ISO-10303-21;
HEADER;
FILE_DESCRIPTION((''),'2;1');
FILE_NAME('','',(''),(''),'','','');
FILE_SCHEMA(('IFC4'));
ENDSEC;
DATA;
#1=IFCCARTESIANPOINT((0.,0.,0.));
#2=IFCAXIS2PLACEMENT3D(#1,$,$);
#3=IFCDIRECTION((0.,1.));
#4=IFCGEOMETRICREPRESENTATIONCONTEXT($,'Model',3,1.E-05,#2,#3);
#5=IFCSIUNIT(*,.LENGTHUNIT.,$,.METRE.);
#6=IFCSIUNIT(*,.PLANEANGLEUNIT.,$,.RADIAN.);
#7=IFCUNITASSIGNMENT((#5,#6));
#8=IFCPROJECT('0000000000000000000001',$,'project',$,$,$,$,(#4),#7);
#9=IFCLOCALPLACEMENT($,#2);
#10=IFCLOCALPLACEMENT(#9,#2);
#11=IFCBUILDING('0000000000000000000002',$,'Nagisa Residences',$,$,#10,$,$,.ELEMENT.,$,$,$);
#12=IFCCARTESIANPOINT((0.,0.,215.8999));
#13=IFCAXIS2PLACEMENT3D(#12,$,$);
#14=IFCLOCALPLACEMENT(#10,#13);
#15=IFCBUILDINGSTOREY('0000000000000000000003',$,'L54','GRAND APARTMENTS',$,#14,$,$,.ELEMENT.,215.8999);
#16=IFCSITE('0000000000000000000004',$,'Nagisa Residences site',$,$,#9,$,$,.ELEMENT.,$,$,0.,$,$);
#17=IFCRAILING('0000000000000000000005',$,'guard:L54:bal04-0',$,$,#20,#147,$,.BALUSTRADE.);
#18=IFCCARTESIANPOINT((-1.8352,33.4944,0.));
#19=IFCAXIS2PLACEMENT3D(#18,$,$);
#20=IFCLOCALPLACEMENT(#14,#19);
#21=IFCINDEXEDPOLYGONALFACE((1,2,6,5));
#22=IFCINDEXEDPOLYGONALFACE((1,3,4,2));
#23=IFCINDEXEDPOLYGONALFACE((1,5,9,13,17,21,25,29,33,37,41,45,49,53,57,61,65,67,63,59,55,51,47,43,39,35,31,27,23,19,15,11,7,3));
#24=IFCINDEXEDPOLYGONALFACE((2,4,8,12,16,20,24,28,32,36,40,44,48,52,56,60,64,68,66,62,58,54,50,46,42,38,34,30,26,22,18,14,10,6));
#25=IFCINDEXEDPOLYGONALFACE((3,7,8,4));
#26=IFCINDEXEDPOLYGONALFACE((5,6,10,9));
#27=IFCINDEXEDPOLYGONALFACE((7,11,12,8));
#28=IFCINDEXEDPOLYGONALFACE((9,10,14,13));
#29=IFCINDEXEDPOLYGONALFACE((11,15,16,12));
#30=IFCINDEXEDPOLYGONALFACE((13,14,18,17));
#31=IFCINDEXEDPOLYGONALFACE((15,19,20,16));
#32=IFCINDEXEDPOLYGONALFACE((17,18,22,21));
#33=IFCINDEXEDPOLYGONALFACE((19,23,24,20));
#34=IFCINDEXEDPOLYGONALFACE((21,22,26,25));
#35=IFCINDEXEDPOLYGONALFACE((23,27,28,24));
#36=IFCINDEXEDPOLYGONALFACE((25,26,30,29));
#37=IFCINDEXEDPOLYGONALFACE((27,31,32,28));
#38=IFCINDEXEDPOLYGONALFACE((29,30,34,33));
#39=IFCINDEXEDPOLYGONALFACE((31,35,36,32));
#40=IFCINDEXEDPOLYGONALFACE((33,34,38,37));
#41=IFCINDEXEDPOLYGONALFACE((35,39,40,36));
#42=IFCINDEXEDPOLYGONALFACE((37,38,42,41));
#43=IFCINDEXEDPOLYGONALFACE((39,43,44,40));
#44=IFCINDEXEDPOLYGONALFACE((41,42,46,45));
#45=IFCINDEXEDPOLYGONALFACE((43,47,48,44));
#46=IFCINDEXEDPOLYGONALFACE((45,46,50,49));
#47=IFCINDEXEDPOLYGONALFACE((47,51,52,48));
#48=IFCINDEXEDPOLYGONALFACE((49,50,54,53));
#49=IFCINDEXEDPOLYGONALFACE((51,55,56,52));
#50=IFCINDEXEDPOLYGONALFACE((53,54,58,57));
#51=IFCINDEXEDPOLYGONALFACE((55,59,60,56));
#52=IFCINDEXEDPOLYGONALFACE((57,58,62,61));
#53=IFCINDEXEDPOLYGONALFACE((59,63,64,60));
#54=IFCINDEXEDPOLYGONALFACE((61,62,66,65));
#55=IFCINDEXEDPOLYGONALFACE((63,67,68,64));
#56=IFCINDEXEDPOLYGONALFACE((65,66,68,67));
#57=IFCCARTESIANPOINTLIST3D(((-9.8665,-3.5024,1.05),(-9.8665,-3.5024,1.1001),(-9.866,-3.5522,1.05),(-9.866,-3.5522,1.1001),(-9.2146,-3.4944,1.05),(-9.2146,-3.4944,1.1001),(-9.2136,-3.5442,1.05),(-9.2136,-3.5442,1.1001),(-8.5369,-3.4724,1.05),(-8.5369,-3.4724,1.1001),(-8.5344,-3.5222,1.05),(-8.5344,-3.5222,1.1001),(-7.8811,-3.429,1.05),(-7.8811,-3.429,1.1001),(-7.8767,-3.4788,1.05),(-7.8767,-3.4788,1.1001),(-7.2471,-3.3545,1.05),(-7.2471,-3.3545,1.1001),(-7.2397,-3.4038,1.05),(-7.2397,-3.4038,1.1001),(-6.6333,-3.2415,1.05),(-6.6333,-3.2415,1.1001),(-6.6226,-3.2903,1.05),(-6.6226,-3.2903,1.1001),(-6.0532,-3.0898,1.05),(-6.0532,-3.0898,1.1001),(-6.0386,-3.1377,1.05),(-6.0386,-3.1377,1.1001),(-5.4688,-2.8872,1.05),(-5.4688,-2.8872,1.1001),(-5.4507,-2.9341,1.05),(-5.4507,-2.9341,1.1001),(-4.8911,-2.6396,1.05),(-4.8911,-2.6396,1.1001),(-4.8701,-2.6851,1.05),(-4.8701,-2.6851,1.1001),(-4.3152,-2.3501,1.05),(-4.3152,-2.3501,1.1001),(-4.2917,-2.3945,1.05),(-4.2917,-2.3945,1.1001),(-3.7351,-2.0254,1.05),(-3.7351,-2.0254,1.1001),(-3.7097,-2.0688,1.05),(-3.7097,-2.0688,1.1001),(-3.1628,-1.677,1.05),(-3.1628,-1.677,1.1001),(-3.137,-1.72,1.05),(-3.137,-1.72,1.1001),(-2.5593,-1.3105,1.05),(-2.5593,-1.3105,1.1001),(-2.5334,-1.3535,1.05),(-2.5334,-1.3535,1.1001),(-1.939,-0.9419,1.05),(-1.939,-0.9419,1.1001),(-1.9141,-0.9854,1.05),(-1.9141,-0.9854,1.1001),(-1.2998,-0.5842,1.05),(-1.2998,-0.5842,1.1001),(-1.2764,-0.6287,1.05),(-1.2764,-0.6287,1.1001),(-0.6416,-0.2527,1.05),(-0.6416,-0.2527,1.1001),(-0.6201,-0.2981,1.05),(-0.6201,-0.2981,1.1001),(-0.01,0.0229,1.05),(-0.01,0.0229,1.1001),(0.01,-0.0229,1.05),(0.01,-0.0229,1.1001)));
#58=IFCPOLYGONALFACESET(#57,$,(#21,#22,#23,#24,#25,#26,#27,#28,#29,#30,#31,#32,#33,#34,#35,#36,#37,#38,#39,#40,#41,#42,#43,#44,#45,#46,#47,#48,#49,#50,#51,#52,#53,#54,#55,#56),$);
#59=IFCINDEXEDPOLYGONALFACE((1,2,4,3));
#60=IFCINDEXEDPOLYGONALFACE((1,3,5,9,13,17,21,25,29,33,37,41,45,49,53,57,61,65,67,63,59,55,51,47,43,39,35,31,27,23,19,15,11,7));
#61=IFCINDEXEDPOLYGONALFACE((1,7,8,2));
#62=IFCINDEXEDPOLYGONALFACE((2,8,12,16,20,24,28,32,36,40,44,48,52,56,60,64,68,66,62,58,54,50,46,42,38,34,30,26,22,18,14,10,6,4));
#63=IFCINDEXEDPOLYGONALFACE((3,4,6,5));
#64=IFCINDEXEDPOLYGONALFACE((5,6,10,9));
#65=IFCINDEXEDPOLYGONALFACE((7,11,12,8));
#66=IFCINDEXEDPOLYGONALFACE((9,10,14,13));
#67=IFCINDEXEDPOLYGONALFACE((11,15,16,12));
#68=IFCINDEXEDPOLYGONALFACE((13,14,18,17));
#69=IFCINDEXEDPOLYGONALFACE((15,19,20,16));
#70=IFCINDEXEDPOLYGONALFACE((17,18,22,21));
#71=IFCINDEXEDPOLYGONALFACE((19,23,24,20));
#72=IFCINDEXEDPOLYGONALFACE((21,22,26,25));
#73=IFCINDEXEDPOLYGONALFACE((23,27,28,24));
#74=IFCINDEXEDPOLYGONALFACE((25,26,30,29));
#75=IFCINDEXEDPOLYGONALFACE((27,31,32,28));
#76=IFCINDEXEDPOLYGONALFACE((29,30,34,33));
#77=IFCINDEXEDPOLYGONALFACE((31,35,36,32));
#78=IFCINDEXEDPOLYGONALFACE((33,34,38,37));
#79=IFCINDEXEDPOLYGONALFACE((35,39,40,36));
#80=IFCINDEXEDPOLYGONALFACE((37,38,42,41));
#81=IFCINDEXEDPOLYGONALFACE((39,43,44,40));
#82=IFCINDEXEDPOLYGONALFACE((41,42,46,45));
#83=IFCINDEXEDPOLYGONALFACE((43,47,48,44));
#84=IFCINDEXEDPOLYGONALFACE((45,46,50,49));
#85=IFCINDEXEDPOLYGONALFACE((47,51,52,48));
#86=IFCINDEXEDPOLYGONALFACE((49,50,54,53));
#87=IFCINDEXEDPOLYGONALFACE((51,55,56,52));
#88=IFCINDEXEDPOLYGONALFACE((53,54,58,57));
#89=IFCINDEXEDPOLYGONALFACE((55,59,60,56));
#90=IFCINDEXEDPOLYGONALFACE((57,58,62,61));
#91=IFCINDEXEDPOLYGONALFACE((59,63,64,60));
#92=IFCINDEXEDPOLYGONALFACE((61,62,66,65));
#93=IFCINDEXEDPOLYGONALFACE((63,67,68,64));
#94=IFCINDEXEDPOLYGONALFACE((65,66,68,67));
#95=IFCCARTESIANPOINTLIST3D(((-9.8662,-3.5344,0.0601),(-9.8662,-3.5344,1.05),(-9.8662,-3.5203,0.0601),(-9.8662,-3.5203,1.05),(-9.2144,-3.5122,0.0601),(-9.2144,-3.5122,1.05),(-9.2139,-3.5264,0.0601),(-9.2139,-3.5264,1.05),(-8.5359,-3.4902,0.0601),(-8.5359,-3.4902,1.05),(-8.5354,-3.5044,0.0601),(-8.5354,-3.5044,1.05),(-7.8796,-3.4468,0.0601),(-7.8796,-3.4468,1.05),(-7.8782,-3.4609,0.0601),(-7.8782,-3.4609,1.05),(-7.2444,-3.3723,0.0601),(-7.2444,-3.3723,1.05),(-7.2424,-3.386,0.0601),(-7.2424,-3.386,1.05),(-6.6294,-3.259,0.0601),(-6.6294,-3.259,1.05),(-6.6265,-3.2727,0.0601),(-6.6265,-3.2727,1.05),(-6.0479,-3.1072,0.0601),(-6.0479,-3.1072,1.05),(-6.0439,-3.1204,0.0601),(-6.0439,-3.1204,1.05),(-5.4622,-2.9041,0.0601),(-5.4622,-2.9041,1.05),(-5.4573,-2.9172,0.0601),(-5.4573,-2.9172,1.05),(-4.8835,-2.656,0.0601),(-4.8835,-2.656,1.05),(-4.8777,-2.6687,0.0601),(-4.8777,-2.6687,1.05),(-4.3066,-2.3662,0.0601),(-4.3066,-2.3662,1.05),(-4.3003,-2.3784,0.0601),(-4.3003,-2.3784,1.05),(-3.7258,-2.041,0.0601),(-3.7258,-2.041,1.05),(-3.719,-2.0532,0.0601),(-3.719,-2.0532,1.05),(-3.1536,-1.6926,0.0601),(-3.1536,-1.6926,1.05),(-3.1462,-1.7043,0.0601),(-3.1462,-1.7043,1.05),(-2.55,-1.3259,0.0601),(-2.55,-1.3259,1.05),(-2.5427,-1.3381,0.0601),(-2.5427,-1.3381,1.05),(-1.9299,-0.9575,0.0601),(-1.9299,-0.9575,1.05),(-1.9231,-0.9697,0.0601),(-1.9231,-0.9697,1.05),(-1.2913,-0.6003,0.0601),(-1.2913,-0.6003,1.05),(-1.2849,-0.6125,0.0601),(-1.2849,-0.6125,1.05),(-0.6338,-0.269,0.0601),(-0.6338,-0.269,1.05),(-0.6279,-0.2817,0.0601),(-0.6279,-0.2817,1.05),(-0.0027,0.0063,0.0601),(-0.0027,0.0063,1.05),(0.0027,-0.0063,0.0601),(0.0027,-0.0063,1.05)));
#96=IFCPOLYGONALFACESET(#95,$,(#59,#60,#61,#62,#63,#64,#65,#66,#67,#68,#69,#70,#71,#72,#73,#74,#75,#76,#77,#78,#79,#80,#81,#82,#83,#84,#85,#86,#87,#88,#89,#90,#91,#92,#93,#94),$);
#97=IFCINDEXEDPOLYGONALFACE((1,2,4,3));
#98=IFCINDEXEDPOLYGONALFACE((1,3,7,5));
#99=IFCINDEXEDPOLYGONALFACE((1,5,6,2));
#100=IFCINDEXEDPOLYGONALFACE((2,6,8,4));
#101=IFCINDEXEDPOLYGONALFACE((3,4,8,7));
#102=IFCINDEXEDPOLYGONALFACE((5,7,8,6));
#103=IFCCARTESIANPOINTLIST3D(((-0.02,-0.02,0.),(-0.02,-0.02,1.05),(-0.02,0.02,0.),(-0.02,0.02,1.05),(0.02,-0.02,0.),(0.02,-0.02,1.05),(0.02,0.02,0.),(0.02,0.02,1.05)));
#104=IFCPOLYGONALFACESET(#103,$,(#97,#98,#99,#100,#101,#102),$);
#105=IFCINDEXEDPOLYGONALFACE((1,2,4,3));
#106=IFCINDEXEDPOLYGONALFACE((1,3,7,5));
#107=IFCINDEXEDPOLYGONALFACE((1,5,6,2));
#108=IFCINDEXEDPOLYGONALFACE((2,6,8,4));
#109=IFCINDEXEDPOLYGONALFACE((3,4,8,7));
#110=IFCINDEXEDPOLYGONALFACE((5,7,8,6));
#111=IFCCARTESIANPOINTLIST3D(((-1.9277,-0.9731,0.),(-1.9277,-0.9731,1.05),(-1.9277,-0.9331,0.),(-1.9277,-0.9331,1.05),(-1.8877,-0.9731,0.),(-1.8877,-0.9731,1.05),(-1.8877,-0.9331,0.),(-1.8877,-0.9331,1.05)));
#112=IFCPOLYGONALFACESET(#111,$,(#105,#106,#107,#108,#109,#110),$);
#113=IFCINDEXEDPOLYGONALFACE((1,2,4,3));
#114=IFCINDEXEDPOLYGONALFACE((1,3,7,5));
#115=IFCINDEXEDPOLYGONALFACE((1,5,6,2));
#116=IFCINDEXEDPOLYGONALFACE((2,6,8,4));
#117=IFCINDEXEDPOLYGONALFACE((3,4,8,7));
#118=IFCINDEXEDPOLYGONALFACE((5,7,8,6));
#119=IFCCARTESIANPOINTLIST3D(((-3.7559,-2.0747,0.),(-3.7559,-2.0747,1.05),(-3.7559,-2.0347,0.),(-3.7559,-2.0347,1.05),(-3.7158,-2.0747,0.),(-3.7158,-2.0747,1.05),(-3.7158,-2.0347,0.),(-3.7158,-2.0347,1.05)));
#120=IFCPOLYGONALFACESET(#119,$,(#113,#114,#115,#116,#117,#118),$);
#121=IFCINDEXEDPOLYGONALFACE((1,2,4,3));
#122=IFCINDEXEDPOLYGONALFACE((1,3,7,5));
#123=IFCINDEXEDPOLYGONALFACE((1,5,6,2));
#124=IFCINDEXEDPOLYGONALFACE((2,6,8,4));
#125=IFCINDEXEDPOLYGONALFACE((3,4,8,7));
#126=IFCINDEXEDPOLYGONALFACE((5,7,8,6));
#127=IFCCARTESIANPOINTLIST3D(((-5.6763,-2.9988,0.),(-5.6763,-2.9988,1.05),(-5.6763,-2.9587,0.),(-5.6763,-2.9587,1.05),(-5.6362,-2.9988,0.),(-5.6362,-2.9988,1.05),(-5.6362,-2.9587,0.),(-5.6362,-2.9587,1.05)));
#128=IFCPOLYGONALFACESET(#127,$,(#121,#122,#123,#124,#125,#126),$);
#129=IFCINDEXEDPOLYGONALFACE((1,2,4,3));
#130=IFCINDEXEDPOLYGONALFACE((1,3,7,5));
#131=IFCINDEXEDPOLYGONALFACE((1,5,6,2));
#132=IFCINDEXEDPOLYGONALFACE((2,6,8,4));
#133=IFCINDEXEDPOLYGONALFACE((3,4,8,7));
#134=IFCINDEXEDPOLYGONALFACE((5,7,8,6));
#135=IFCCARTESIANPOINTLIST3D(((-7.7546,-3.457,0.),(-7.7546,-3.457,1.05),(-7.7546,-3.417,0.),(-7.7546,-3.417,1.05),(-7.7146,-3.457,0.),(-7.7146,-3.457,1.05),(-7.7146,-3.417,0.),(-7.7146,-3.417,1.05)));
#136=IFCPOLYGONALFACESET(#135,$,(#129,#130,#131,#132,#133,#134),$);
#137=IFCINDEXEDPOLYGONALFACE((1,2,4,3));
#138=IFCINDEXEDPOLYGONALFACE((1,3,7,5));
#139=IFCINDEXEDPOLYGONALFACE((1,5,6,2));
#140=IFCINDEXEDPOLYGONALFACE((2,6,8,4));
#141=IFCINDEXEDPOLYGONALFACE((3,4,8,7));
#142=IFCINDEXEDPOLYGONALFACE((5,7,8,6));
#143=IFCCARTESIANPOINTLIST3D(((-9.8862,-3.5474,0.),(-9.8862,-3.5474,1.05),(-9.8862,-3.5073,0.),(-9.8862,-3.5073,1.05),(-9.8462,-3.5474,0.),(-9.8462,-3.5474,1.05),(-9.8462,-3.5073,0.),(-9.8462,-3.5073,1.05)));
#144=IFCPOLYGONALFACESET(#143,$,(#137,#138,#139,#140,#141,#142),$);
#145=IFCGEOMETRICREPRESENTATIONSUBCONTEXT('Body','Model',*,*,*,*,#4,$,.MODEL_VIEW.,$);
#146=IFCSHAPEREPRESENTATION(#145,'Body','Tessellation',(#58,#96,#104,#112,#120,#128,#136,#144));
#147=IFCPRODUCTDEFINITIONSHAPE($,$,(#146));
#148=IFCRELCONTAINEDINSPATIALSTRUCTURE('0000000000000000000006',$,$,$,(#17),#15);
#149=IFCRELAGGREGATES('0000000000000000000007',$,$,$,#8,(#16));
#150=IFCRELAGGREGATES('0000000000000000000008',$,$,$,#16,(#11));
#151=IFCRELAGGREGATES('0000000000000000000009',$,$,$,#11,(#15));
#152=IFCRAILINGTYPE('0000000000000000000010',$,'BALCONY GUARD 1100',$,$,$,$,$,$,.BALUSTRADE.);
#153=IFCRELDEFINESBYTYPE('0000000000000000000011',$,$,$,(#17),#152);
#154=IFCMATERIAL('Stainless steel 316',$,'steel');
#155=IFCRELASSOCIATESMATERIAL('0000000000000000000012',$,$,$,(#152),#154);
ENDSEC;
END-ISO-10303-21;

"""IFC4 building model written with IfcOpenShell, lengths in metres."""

from ifc_helpers import new_model, si_unit, direction, frame, origin, origin_2d, place, context, subcontext, project, spatial, polyline, rectangle, outline, extrude, material, type_object, element, save


model = new_model("IFC4")

# Units and contexts
model_context = context("Model", 3, precision=1e-05, world=origin(), true_north=direction((0.0, 1.0)))
body_context = subcontext(model_context, "Body", "Model", "MODEL_VIEW")
ifc_project = project(units=[si_unit("LENGTHUNIT", "METRE"), si_unit("PLANEANGLEUNIT", "RADIAN")], contexts=[model_context])

# Site, building, storey
site_placement = place(None, origin())
site = spatial("IfcSite", under=ifc_project, at=site_placement, Name="Nagisa Residences site", CompositionType="ELEMENT", RefElevation=0.0)
building_placement = place(site_placement, origin())
building = spatial("IfcBuilding", under=site, at=building_placement, Name="Nagisa Residences", CompositionType="ELEMENT")
storey_placement = place(building_placement, frame((0.0, 0.0, 215.8999)))
storey = spatial("IfcBuildingStorey", under=building, at=storey_placement, Name="L54", Description="GRAND APARTMENTS", CompositionType="ELEMENT", Elevation=215.8999)

# Railing
ifc_material_1 = material(Name="Stainless steel 316", Category="steel")
railing_type = type_object("IfcRailingType", Name="BALCONY GUARD 1100", PredefinedType="BALUSTRADE", material=ifc_material_1)
railing_placement = place(storey_placement, frame((-1.8352, 33.4944, 0.0)))
element("IfcRailing", 1, at=railing_placement, inside=storey, type_object=railing_type, Name="guard:L54:bal04-0", PredefinedType="BALUSTRADE", context=body_context, shape_type="SweptSolid", body=[
    extrude(outline(polyline([(-0.6201, -0.2981), (0.01, -0.0229), (-0.01, 0.0229), (-0.6416, -0.2527), (-1.2998, -0.5842), (-1.939, -0.9419), (-2.5593, -1.3105), (-3.1628, -1.677), (-3.7351, -2.0254), (-4.3152, -2.3501), (-4.8911, -2.6396), (-5.4688, -2.8872), (-6.0532, -3.0898), (-6.6333, -3.2415), (-7.2471, -3.3545), (-7.8811, -3.429), (-8.5369, -3.4724), (-9.2146, -3.4944), (-9.8665, -3.5024), (-9.866, -3.5522), (-9.2136, -3.5442), (-8.5344, -3.5222), (-7.8767, -3.4788), (-7.2397, -3.4038), (-6.6226, -3.2903), (-6.0386, -3.1377), (-5.4507, -2.9341), (-4.8701, -2.6851), (-4.2917, -2.3945), (-3.7097, -2.0688), (-3.137, -1.72), (-2.5334, -1.3535), (-1.9141, -0.9854), (-1.2764, -0.6287), (-0.6201, -0.2981)])), frame((0.0, 0.0, 1.05)), (0.0, 0.0, 1.0), 0.05),
    extrude(outline(polyline([(-0.6279, -0.2817), (0.0027, -0.0063), (-0.0027, 0.0063), (-0.6338, -0.269), (-1.2913, -0.6003), (-1.9299, -0.9575), (-2.55, -1.3259), (-3.1536, -1.6926), (-3.7258, -2.041), (-4.3066, -2.3662), (-4.8835, -2.656), (-5.4622, -2.9041), (-6.0479, -3.1072), (-6.6294, -3.259), (-7.2444, -3.3723), (-7.8796, -3.4468), (-8.5359, -3.4902), (-9.2144, -3.5122), (-9.8662, -3.5203), (-9.8662, -3.5344), (-9.2139, -3.5264), (-8.5354, -3.5044), (-7.8782, -3.4609), (-7.2424, -3.386), (-6.6265, -3.2727), (-6.0439, -3.1204), (-5.4573, -2.9172), (-4.8777, -2.6687), (-4.3003, -2.3784), (-3.719, -2.0532), (-3.1462, -1.7043), (-2.5427, -1.3381), (-1.9231, -0.9697), (-1.2849, -0.6125), (-0.6279, -0.2817)])), frame((0.0, 0.0, 0.0601)), (0.0, 0.0, 1.0), 0.99),
    extrude(rectangle(XDim=0.04, YDim=0.04, at=origin_2d()), origin(), (0.0, 0.0, 1.0), 1.05),
    extrude(rectangle(XDim=0.04, YDim=0.04, at=origin_2d()), frame((-1.9077, -0.9531, 0.0)), (0.0, 0.0, 1.0), 1.05),
    extrude(rectangle(XDim=0.04, YDim=0.04, at=origin_2d()), frame((-3.7358, -2.0547, 0.0)), (0.0, 0.0, 1.0), 1.05),
    extrude(rectangle(XDim=0.04, YDim=0.04, at=origin_2d()), frame((-5.6562, -2.9788, 0.0)), (0.0, 0.0, 1.0), 1.05),
    extrude(rectangle(XDim=0.04, YDim=0.04, at=origin_2d()), frame((-7.7346, -3.437, 0.0)), (0.0, 0.0, 1.0), 1.05),
    extrude(rectangle(XDim=0.04, YDim=0.04, at=origin_2d()), frame((-9.8662, -3.5273, 0.0)), (0.0, 0.0, 1.0), 1.05),
])

save(model, "model.ifc")
